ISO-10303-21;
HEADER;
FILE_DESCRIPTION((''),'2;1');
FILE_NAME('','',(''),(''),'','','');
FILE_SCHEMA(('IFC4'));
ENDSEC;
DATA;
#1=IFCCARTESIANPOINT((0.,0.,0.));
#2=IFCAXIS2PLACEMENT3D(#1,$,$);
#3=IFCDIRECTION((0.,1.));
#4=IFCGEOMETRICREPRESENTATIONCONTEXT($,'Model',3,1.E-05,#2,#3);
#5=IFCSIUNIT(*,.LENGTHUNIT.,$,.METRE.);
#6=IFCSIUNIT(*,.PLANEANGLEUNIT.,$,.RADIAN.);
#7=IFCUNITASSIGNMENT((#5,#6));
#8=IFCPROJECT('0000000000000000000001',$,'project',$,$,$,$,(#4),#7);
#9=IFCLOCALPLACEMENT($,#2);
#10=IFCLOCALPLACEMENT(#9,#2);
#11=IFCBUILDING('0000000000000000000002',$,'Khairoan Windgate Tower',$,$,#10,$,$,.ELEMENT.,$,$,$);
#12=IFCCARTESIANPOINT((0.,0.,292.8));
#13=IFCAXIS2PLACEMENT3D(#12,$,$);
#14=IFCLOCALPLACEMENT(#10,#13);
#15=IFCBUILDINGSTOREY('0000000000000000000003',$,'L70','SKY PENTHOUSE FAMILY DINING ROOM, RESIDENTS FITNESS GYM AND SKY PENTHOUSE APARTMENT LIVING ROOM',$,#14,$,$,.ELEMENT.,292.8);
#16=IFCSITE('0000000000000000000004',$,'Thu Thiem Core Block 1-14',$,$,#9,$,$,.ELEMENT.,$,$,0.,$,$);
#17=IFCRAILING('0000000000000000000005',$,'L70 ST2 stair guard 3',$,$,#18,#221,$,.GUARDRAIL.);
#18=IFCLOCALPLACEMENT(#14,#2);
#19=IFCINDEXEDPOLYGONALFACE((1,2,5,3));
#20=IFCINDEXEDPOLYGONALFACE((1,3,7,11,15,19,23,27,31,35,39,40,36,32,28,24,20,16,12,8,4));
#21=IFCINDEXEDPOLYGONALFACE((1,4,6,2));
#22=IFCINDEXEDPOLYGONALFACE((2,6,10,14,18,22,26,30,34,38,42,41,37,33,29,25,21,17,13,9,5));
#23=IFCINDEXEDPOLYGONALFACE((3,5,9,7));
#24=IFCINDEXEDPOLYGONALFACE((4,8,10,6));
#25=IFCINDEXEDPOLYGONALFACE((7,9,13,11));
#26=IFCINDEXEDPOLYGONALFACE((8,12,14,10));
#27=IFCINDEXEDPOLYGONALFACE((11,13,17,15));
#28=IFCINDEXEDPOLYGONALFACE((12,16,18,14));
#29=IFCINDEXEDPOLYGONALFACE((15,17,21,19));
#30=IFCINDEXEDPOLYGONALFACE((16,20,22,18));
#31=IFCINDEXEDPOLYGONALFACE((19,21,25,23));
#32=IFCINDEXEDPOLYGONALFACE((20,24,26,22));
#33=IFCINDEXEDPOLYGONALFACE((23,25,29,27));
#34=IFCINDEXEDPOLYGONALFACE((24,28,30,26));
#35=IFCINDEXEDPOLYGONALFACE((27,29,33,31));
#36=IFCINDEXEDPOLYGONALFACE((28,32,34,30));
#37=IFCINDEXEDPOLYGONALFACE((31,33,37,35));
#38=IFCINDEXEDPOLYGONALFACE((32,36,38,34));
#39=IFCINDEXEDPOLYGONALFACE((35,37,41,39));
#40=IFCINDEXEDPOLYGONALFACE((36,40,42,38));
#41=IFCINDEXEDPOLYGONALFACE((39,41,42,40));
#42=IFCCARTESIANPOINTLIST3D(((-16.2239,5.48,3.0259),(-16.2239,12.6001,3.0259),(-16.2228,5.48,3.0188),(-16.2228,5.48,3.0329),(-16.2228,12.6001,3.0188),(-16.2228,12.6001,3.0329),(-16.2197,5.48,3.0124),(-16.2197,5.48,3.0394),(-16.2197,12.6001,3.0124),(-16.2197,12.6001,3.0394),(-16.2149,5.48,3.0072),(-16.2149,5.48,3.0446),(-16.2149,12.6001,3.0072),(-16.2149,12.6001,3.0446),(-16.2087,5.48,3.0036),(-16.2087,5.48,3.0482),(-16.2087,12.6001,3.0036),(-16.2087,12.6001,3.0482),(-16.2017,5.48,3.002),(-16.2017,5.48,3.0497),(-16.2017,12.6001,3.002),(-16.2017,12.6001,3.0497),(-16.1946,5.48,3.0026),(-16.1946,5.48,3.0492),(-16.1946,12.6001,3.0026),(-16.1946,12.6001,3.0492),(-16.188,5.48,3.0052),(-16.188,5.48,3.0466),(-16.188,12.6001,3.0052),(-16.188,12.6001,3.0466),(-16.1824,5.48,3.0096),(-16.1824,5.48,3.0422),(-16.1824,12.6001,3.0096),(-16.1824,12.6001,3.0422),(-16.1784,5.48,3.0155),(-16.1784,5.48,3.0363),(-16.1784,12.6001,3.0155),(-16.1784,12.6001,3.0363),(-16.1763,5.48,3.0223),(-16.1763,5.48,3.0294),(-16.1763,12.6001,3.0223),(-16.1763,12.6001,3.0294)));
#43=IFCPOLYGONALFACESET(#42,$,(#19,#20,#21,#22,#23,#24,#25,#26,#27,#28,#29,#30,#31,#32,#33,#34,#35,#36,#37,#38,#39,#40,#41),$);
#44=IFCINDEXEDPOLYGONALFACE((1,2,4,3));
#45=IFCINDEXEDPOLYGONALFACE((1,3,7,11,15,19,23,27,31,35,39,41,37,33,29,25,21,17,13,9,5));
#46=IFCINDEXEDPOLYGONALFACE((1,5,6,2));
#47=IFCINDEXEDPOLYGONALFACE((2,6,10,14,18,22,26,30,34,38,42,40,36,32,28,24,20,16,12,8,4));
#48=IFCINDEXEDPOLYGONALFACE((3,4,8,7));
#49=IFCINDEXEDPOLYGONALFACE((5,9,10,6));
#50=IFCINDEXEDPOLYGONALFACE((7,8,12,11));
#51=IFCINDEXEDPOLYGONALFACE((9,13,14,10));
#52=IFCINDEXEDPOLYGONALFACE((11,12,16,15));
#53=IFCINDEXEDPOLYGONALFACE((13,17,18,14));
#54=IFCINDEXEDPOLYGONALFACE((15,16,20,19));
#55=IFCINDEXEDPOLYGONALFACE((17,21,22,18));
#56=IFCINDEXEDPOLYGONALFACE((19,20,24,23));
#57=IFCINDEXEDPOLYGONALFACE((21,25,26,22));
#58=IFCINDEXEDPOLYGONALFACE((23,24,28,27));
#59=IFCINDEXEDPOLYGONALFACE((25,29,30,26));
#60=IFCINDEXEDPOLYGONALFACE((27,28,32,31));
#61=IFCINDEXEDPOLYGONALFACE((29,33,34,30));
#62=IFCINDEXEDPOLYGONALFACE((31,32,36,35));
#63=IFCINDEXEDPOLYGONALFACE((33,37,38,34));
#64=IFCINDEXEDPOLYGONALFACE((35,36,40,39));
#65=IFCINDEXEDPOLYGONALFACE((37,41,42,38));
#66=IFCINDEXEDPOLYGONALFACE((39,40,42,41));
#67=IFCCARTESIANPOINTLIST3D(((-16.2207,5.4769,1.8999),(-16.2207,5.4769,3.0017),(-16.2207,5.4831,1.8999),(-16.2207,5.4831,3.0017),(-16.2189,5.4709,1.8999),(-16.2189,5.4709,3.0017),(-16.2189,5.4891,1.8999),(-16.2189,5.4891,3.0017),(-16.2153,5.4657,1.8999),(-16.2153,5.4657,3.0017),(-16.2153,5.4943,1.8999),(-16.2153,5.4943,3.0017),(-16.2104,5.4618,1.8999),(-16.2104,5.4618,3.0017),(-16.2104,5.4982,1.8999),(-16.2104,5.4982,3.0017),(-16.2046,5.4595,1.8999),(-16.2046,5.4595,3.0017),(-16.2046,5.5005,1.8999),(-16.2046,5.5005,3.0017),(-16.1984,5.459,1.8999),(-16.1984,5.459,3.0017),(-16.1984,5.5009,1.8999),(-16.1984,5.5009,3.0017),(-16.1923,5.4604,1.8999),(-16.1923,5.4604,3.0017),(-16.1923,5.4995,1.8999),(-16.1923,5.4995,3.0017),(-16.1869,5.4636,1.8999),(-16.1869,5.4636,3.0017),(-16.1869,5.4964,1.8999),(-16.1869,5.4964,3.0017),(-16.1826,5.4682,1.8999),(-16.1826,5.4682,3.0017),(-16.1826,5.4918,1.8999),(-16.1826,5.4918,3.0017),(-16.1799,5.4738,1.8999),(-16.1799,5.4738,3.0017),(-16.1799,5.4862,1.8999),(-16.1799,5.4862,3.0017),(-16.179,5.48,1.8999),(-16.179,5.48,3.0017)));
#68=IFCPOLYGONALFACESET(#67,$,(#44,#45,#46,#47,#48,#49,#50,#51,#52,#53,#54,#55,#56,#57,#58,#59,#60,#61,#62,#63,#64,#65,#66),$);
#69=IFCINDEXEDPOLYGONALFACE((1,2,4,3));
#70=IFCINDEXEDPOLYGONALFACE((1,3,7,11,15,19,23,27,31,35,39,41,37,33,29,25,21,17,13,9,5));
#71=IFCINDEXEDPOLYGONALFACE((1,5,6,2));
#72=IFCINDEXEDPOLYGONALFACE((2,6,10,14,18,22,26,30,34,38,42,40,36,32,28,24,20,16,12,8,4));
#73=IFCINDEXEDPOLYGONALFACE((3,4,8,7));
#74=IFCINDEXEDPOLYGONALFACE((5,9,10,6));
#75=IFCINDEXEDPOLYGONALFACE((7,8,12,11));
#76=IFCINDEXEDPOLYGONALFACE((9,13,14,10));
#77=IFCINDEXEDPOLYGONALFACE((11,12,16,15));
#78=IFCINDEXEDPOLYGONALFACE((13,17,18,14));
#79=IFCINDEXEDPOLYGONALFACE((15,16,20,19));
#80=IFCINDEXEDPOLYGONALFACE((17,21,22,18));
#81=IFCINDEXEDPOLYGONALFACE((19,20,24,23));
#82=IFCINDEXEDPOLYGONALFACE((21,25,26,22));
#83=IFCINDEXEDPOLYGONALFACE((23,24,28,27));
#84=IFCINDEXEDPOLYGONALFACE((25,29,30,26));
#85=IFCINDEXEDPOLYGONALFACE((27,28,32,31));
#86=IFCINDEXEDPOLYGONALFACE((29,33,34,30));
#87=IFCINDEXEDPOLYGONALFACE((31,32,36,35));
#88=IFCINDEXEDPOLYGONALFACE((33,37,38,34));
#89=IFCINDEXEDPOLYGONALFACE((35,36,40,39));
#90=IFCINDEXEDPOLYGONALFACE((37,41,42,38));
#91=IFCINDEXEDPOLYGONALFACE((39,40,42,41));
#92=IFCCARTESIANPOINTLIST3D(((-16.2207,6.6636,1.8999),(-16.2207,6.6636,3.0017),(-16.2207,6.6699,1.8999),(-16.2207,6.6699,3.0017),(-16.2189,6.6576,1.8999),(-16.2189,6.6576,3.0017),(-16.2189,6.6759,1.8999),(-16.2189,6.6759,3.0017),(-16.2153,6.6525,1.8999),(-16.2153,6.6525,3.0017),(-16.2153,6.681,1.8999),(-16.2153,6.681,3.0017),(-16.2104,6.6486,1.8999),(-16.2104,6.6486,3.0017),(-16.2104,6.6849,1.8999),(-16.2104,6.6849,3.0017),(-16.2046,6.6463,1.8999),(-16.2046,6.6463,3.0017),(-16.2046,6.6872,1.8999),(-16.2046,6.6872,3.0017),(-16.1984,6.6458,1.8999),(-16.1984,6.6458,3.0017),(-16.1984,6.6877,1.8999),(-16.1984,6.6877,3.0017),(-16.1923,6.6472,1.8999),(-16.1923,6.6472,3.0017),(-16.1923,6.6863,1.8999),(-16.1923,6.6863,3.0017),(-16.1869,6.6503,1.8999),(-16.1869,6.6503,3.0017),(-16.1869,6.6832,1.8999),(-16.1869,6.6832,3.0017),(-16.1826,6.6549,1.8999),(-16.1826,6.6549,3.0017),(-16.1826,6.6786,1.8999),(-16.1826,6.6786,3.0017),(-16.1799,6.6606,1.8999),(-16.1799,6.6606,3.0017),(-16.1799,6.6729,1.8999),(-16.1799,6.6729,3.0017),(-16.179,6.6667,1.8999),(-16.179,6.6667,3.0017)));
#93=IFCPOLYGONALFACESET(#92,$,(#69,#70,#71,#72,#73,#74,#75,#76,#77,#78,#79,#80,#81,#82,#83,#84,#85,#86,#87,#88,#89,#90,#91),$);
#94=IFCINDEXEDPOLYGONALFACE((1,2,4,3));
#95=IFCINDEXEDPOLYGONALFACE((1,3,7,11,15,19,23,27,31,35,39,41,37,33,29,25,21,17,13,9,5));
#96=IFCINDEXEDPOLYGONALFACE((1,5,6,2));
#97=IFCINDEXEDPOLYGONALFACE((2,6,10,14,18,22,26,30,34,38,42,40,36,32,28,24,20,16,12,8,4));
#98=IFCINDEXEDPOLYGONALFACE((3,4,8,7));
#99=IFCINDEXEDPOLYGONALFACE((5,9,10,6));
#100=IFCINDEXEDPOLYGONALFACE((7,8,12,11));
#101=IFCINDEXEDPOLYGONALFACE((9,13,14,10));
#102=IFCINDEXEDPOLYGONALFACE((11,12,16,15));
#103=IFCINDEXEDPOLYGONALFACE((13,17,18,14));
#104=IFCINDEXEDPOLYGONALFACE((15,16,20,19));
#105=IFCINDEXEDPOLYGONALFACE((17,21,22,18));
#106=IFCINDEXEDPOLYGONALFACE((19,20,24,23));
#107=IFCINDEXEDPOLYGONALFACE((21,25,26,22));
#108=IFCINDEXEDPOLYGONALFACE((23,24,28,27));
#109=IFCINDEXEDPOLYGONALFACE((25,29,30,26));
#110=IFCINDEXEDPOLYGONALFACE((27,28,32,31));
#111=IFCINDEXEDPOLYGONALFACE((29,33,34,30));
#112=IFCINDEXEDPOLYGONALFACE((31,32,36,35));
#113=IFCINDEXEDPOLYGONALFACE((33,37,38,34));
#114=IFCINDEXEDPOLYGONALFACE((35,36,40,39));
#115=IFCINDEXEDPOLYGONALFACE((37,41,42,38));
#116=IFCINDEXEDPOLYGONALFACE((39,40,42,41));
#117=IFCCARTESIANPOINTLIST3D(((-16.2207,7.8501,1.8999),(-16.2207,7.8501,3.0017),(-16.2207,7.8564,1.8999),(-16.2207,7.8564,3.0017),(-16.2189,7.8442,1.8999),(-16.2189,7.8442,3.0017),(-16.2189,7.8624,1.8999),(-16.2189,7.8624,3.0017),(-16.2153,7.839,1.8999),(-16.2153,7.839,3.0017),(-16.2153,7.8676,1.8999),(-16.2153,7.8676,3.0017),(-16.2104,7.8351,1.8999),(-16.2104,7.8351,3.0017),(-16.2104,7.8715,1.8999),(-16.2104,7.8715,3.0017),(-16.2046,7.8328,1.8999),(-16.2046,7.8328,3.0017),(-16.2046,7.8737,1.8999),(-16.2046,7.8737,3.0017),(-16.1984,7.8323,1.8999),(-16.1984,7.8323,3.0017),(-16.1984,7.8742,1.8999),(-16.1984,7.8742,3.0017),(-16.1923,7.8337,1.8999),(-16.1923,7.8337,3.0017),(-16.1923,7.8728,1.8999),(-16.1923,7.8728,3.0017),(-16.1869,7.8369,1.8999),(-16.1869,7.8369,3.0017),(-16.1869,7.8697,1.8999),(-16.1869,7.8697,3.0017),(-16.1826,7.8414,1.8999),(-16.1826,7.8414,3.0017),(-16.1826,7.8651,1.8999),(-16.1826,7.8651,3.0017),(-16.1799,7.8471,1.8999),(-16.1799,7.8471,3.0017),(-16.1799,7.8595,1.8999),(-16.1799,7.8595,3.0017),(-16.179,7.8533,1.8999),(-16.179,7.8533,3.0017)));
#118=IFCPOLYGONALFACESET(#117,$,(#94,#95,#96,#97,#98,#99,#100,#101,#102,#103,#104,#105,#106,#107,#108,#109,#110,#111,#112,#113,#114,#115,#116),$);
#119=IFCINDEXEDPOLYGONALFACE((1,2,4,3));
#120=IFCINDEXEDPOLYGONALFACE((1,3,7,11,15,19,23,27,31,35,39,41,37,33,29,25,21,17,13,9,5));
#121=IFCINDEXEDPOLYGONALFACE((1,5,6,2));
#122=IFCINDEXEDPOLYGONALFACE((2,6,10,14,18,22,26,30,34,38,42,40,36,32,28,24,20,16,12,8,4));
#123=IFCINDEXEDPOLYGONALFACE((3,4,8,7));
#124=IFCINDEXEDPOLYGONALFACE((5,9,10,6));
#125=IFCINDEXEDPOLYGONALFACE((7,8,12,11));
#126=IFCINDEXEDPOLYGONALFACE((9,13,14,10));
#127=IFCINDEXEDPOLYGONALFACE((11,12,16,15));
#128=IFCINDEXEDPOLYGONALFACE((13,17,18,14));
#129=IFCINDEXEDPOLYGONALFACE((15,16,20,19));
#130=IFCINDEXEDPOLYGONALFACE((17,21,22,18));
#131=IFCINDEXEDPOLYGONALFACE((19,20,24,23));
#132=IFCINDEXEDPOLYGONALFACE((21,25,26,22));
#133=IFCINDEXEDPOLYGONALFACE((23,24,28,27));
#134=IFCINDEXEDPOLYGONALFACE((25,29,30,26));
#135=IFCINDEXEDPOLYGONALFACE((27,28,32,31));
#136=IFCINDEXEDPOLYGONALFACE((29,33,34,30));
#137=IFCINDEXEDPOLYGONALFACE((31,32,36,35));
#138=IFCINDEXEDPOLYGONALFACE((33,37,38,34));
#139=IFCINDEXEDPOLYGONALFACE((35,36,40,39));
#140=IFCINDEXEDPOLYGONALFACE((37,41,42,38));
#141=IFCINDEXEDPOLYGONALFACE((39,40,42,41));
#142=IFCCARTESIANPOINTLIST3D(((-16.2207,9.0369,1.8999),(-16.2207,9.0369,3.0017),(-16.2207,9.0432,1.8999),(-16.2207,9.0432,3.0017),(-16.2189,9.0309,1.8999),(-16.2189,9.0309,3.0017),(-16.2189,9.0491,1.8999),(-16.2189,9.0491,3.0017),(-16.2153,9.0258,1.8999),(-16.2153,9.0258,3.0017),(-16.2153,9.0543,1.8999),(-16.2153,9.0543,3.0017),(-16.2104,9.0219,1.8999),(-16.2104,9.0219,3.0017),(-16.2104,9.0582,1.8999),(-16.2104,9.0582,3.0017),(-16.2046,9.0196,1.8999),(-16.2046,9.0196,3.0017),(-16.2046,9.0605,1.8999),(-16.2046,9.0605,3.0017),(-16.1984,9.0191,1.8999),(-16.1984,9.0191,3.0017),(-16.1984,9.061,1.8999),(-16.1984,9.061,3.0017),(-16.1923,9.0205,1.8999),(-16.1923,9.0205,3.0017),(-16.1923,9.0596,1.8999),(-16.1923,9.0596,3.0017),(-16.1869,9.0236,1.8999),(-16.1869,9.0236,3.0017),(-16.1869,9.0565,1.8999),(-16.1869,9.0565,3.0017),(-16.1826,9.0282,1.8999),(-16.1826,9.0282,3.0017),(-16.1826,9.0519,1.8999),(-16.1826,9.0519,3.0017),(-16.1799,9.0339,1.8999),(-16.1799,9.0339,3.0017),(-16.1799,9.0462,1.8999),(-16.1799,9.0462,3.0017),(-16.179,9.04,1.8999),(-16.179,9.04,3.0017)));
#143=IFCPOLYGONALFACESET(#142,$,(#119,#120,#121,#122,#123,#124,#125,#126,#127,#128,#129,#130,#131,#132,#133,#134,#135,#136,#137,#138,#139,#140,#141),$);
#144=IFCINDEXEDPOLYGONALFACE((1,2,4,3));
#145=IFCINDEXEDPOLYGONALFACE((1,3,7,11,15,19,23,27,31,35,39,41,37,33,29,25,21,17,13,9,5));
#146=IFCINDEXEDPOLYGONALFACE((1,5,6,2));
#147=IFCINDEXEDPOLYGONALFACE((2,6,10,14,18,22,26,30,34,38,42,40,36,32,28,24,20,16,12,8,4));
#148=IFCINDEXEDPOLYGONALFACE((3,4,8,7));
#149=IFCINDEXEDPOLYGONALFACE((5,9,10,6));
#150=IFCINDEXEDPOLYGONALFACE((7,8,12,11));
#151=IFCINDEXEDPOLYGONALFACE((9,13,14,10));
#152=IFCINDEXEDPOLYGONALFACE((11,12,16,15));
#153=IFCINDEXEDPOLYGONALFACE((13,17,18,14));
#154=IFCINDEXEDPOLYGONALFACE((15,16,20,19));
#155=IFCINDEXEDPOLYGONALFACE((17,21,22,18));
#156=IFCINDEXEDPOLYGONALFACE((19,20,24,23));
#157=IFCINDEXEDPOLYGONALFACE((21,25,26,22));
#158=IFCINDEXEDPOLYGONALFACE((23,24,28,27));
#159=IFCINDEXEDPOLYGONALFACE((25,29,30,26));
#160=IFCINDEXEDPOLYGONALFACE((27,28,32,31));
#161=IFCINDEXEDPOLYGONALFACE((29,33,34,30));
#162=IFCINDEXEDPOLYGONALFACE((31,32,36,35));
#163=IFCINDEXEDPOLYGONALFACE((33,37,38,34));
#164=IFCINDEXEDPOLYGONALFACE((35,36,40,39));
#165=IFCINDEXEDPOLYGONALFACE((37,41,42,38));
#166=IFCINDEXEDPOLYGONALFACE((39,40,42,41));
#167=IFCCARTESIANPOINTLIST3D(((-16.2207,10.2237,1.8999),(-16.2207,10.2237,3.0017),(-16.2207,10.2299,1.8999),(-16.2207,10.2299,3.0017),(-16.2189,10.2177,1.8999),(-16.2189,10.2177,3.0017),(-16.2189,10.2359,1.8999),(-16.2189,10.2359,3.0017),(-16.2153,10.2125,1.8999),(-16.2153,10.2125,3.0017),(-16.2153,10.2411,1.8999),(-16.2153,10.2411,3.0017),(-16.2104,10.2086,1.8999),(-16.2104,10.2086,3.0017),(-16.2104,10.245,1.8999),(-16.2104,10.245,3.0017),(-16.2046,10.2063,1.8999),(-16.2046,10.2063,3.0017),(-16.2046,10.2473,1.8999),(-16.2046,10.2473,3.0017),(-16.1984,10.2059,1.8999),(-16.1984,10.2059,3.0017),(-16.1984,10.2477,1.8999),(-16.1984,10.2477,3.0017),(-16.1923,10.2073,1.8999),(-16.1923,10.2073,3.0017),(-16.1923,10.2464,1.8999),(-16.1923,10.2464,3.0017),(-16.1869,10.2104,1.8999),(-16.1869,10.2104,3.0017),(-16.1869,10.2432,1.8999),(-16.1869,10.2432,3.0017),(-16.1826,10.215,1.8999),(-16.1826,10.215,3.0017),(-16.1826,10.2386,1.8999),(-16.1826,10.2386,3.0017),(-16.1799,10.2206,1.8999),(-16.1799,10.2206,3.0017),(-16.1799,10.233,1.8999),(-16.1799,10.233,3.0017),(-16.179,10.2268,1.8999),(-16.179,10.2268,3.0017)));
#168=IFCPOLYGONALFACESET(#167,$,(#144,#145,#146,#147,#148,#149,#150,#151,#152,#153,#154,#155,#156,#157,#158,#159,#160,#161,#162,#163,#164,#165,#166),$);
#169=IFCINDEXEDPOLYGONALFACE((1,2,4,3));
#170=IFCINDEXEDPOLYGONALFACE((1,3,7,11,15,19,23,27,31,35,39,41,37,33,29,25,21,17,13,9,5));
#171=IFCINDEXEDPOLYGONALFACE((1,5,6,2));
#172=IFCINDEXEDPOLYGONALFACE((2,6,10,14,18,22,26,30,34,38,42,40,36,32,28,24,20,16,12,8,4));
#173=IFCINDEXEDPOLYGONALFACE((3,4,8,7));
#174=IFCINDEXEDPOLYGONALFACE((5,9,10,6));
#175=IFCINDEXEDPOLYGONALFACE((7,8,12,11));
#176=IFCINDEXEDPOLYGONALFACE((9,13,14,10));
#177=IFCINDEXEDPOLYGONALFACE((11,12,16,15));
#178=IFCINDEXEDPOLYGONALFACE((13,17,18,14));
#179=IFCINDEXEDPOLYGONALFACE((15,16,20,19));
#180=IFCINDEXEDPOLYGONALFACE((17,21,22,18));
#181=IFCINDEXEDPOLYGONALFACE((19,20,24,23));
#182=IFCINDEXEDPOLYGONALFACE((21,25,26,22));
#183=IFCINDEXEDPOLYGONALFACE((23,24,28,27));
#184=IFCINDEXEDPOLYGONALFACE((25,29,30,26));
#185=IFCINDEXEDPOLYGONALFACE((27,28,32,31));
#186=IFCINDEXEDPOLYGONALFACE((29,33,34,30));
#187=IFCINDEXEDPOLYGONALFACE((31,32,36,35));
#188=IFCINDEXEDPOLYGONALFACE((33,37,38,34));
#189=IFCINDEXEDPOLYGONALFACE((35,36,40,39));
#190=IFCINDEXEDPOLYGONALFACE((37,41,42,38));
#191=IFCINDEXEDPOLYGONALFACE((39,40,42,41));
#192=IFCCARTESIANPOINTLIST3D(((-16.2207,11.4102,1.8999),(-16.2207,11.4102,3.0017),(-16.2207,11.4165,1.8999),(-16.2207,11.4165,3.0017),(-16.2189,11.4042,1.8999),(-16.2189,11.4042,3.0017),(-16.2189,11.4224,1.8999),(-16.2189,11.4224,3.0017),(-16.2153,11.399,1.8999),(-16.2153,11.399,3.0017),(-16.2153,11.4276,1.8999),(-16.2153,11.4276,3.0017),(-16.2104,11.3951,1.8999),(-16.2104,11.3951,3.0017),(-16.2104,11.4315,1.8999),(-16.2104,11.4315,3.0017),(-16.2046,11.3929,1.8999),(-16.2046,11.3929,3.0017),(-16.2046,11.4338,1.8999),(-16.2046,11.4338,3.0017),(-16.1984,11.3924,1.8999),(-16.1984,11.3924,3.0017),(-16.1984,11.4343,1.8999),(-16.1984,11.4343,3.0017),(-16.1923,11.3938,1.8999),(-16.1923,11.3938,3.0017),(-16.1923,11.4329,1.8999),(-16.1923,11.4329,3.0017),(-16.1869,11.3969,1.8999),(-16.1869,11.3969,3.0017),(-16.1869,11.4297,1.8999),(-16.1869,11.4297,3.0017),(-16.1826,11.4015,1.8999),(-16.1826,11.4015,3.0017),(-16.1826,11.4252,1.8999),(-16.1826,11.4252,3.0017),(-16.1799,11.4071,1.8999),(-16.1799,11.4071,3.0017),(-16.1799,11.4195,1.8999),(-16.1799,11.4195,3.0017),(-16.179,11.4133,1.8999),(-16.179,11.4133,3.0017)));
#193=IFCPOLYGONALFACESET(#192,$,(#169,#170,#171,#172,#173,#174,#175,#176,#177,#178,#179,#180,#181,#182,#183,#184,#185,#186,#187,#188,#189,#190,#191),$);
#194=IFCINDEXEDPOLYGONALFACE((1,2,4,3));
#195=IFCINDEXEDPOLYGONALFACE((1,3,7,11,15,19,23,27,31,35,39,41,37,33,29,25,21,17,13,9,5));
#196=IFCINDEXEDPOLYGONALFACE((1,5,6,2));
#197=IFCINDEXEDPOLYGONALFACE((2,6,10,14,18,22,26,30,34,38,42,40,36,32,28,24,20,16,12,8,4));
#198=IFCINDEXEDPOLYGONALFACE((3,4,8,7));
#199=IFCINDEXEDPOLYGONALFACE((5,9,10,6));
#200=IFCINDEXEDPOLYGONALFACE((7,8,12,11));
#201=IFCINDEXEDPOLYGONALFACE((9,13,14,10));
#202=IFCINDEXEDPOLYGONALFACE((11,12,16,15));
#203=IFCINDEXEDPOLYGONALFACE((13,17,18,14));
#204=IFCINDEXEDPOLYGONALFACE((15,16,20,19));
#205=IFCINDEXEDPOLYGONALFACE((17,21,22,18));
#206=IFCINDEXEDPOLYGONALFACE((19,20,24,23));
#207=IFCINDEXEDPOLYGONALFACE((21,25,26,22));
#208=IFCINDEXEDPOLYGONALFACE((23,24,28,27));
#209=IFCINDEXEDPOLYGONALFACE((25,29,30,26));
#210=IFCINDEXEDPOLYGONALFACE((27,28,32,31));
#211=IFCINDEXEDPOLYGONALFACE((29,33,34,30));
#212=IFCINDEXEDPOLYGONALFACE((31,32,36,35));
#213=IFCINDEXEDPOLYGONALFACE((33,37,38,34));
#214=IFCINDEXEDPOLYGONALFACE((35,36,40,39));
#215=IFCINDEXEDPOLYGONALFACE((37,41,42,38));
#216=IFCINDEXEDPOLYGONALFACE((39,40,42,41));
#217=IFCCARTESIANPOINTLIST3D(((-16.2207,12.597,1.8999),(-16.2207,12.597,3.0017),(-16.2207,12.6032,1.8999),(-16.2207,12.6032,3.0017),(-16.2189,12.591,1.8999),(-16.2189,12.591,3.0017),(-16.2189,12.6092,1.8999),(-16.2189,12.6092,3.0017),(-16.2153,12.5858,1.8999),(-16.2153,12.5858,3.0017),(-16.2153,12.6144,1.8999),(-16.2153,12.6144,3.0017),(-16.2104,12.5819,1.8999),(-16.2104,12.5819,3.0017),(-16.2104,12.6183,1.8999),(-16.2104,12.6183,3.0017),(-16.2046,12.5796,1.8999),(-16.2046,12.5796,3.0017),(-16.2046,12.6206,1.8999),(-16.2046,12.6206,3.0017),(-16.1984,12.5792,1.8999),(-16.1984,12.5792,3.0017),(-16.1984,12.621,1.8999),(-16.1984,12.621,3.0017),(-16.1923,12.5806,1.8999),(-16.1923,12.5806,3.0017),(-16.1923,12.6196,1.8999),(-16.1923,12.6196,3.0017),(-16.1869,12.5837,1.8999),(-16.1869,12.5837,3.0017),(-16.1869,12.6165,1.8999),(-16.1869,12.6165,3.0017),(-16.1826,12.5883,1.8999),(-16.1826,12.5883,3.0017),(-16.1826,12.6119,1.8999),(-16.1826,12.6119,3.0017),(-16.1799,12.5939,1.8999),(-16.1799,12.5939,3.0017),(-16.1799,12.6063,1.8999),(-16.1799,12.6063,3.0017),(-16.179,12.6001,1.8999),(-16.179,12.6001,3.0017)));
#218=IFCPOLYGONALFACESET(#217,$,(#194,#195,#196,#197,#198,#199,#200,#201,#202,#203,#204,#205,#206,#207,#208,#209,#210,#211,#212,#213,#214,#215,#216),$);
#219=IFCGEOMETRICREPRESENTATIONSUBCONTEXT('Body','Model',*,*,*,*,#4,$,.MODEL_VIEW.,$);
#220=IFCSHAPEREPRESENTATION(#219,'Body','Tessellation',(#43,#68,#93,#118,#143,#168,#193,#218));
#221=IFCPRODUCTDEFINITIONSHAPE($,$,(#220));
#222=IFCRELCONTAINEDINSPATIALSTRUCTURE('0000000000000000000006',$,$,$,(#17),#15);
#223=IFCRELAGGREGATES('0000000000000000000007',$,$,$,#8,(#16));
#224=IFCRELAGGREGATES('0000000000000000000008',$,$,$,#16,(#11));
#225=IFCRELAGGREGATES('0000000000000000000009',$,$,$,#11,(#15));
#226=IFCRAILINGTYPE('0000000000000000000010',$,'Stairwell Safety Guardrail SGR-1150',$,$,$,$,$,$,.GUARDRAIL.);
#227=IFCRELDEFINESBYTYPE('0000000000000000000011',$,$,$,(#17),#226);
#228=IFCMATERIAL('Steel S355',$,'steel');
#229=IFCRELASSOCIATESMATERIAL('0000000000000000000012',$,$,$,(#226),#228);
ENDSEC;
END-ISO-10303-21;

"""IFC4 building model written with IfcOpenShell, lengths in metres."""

from ifc_helpers import new_model, si_unit, direction, frame, origin, origin_2d, place, context, subcontext, project, spatial, circle, extrude, material, type_object, element, save


model = new_model("IFC4")

# Units and contexts
model_context = context("Model", 3, precision=1e-05, world=origin(), true_north=direction((0.0, 1.0)))
body_context = subcontext(model_context, "Body", "Model", "MODEL_VIEW")
ifc_project = project(units=[si_unit("LENGTHUNIT", "METRE"), si_unit("PLANEANGLEUNIT", "RADIAN")], contexts=[model_context])

# Site, building, storey
site_placement = place(None, origin())
site = spatial("IfcSite", under=ifc_project, at=site_placement, Name="Thu Thiem Core Block 1-14", CompositionType="ELEMENT", RefElevation=0.0)
building_placement = place(site_placement, origin())
building = spatial("IfcBuilding", under=site, at=building_placement, Name="Khairoan Windgate Tower", CompositionType="ELEMENT")
storey_placement = place(building_placement, frame((0.0, 0.0, 292.8)))
storey = spatial("IfcBuildingStorey", under=building, at=storey_placement, Name="L70", Description="SKY PENTHOUSE FAMILY DINING ROOM, RESIDENTS FITNESS GYM AND SKY PENTHOUSE APARTMENT LIVING ROOM", CompositionType="ELEMENT", Elevation=292.8)

# Railing
ifc_material_1 = material(Name="Steel S355", Category="steel")
railing_type_1 = type_object("IfcRailingType", Name="Stairwell Safety Guardrail SGR-1150", PredefinedType="GUARDRAIL", material=ifc_material_1)
railing_1_placement = place(storey_placement, frame((-16.2, 5.48, 1.8999)))
element("IfcRailing", 1, at=railing_1_placement, inside=storey, type_object=railing_type_1, Name="L70 ST2 stair guard 3", PredefinedType="GUARDRAIL", context=body_context, shape_type="SweptSolid", body=[
    extrude(circle(Radius=0.0239, at=origin_2d()), frame((0.0, 0.0, 1.126), z_axis=(0.0, 1.0, 0.0), x_axis=(-1.0, 0.0, 0.0)), (0.0, 0.0, 1.0), 7.1201),
    extrude(circle(Radius=0.021, at=origin_2d()), origin(), (0.0, 0.0, 1.0), 1.1018),
    extrude(circle(Radius=0.021, at=origin_2d()), frame((0.0, 1.1868, 0.0)), (0.0, 0.0, 1.0), 1.1018),
    extrude(circle(Radius=0.021, at=origin_2d()), frame((0.0, 2.3733, 0.0)), (0.0, 0.0, 1.0), 1.1018),
    extrude(circle(Radius=0.021, at=origin_2d()), frame((0.0, 3.5601, 0.0)), (0.0, 0.0, 1.0), 1.1018),
    extrude(circle(Radius=0.021, at=origin_2d()), frame((0.0, 4.7468, 0.0)), (0.0, 0.0, 1.0), 1.1018),
    extrude(circle(Radius=0.021, at=origin_2d()), frame((0.0, 5.9333, 0.0)), (0.0, 0.0, 1.0), 1.1018),
    extrude(circle(Radius=0.021, at=origin_2d()), frame((0.0, 7.1201, 0.0)), (0.0, 0.0, 1.0), 1.1018),
])

save(model, "model.ifc")
